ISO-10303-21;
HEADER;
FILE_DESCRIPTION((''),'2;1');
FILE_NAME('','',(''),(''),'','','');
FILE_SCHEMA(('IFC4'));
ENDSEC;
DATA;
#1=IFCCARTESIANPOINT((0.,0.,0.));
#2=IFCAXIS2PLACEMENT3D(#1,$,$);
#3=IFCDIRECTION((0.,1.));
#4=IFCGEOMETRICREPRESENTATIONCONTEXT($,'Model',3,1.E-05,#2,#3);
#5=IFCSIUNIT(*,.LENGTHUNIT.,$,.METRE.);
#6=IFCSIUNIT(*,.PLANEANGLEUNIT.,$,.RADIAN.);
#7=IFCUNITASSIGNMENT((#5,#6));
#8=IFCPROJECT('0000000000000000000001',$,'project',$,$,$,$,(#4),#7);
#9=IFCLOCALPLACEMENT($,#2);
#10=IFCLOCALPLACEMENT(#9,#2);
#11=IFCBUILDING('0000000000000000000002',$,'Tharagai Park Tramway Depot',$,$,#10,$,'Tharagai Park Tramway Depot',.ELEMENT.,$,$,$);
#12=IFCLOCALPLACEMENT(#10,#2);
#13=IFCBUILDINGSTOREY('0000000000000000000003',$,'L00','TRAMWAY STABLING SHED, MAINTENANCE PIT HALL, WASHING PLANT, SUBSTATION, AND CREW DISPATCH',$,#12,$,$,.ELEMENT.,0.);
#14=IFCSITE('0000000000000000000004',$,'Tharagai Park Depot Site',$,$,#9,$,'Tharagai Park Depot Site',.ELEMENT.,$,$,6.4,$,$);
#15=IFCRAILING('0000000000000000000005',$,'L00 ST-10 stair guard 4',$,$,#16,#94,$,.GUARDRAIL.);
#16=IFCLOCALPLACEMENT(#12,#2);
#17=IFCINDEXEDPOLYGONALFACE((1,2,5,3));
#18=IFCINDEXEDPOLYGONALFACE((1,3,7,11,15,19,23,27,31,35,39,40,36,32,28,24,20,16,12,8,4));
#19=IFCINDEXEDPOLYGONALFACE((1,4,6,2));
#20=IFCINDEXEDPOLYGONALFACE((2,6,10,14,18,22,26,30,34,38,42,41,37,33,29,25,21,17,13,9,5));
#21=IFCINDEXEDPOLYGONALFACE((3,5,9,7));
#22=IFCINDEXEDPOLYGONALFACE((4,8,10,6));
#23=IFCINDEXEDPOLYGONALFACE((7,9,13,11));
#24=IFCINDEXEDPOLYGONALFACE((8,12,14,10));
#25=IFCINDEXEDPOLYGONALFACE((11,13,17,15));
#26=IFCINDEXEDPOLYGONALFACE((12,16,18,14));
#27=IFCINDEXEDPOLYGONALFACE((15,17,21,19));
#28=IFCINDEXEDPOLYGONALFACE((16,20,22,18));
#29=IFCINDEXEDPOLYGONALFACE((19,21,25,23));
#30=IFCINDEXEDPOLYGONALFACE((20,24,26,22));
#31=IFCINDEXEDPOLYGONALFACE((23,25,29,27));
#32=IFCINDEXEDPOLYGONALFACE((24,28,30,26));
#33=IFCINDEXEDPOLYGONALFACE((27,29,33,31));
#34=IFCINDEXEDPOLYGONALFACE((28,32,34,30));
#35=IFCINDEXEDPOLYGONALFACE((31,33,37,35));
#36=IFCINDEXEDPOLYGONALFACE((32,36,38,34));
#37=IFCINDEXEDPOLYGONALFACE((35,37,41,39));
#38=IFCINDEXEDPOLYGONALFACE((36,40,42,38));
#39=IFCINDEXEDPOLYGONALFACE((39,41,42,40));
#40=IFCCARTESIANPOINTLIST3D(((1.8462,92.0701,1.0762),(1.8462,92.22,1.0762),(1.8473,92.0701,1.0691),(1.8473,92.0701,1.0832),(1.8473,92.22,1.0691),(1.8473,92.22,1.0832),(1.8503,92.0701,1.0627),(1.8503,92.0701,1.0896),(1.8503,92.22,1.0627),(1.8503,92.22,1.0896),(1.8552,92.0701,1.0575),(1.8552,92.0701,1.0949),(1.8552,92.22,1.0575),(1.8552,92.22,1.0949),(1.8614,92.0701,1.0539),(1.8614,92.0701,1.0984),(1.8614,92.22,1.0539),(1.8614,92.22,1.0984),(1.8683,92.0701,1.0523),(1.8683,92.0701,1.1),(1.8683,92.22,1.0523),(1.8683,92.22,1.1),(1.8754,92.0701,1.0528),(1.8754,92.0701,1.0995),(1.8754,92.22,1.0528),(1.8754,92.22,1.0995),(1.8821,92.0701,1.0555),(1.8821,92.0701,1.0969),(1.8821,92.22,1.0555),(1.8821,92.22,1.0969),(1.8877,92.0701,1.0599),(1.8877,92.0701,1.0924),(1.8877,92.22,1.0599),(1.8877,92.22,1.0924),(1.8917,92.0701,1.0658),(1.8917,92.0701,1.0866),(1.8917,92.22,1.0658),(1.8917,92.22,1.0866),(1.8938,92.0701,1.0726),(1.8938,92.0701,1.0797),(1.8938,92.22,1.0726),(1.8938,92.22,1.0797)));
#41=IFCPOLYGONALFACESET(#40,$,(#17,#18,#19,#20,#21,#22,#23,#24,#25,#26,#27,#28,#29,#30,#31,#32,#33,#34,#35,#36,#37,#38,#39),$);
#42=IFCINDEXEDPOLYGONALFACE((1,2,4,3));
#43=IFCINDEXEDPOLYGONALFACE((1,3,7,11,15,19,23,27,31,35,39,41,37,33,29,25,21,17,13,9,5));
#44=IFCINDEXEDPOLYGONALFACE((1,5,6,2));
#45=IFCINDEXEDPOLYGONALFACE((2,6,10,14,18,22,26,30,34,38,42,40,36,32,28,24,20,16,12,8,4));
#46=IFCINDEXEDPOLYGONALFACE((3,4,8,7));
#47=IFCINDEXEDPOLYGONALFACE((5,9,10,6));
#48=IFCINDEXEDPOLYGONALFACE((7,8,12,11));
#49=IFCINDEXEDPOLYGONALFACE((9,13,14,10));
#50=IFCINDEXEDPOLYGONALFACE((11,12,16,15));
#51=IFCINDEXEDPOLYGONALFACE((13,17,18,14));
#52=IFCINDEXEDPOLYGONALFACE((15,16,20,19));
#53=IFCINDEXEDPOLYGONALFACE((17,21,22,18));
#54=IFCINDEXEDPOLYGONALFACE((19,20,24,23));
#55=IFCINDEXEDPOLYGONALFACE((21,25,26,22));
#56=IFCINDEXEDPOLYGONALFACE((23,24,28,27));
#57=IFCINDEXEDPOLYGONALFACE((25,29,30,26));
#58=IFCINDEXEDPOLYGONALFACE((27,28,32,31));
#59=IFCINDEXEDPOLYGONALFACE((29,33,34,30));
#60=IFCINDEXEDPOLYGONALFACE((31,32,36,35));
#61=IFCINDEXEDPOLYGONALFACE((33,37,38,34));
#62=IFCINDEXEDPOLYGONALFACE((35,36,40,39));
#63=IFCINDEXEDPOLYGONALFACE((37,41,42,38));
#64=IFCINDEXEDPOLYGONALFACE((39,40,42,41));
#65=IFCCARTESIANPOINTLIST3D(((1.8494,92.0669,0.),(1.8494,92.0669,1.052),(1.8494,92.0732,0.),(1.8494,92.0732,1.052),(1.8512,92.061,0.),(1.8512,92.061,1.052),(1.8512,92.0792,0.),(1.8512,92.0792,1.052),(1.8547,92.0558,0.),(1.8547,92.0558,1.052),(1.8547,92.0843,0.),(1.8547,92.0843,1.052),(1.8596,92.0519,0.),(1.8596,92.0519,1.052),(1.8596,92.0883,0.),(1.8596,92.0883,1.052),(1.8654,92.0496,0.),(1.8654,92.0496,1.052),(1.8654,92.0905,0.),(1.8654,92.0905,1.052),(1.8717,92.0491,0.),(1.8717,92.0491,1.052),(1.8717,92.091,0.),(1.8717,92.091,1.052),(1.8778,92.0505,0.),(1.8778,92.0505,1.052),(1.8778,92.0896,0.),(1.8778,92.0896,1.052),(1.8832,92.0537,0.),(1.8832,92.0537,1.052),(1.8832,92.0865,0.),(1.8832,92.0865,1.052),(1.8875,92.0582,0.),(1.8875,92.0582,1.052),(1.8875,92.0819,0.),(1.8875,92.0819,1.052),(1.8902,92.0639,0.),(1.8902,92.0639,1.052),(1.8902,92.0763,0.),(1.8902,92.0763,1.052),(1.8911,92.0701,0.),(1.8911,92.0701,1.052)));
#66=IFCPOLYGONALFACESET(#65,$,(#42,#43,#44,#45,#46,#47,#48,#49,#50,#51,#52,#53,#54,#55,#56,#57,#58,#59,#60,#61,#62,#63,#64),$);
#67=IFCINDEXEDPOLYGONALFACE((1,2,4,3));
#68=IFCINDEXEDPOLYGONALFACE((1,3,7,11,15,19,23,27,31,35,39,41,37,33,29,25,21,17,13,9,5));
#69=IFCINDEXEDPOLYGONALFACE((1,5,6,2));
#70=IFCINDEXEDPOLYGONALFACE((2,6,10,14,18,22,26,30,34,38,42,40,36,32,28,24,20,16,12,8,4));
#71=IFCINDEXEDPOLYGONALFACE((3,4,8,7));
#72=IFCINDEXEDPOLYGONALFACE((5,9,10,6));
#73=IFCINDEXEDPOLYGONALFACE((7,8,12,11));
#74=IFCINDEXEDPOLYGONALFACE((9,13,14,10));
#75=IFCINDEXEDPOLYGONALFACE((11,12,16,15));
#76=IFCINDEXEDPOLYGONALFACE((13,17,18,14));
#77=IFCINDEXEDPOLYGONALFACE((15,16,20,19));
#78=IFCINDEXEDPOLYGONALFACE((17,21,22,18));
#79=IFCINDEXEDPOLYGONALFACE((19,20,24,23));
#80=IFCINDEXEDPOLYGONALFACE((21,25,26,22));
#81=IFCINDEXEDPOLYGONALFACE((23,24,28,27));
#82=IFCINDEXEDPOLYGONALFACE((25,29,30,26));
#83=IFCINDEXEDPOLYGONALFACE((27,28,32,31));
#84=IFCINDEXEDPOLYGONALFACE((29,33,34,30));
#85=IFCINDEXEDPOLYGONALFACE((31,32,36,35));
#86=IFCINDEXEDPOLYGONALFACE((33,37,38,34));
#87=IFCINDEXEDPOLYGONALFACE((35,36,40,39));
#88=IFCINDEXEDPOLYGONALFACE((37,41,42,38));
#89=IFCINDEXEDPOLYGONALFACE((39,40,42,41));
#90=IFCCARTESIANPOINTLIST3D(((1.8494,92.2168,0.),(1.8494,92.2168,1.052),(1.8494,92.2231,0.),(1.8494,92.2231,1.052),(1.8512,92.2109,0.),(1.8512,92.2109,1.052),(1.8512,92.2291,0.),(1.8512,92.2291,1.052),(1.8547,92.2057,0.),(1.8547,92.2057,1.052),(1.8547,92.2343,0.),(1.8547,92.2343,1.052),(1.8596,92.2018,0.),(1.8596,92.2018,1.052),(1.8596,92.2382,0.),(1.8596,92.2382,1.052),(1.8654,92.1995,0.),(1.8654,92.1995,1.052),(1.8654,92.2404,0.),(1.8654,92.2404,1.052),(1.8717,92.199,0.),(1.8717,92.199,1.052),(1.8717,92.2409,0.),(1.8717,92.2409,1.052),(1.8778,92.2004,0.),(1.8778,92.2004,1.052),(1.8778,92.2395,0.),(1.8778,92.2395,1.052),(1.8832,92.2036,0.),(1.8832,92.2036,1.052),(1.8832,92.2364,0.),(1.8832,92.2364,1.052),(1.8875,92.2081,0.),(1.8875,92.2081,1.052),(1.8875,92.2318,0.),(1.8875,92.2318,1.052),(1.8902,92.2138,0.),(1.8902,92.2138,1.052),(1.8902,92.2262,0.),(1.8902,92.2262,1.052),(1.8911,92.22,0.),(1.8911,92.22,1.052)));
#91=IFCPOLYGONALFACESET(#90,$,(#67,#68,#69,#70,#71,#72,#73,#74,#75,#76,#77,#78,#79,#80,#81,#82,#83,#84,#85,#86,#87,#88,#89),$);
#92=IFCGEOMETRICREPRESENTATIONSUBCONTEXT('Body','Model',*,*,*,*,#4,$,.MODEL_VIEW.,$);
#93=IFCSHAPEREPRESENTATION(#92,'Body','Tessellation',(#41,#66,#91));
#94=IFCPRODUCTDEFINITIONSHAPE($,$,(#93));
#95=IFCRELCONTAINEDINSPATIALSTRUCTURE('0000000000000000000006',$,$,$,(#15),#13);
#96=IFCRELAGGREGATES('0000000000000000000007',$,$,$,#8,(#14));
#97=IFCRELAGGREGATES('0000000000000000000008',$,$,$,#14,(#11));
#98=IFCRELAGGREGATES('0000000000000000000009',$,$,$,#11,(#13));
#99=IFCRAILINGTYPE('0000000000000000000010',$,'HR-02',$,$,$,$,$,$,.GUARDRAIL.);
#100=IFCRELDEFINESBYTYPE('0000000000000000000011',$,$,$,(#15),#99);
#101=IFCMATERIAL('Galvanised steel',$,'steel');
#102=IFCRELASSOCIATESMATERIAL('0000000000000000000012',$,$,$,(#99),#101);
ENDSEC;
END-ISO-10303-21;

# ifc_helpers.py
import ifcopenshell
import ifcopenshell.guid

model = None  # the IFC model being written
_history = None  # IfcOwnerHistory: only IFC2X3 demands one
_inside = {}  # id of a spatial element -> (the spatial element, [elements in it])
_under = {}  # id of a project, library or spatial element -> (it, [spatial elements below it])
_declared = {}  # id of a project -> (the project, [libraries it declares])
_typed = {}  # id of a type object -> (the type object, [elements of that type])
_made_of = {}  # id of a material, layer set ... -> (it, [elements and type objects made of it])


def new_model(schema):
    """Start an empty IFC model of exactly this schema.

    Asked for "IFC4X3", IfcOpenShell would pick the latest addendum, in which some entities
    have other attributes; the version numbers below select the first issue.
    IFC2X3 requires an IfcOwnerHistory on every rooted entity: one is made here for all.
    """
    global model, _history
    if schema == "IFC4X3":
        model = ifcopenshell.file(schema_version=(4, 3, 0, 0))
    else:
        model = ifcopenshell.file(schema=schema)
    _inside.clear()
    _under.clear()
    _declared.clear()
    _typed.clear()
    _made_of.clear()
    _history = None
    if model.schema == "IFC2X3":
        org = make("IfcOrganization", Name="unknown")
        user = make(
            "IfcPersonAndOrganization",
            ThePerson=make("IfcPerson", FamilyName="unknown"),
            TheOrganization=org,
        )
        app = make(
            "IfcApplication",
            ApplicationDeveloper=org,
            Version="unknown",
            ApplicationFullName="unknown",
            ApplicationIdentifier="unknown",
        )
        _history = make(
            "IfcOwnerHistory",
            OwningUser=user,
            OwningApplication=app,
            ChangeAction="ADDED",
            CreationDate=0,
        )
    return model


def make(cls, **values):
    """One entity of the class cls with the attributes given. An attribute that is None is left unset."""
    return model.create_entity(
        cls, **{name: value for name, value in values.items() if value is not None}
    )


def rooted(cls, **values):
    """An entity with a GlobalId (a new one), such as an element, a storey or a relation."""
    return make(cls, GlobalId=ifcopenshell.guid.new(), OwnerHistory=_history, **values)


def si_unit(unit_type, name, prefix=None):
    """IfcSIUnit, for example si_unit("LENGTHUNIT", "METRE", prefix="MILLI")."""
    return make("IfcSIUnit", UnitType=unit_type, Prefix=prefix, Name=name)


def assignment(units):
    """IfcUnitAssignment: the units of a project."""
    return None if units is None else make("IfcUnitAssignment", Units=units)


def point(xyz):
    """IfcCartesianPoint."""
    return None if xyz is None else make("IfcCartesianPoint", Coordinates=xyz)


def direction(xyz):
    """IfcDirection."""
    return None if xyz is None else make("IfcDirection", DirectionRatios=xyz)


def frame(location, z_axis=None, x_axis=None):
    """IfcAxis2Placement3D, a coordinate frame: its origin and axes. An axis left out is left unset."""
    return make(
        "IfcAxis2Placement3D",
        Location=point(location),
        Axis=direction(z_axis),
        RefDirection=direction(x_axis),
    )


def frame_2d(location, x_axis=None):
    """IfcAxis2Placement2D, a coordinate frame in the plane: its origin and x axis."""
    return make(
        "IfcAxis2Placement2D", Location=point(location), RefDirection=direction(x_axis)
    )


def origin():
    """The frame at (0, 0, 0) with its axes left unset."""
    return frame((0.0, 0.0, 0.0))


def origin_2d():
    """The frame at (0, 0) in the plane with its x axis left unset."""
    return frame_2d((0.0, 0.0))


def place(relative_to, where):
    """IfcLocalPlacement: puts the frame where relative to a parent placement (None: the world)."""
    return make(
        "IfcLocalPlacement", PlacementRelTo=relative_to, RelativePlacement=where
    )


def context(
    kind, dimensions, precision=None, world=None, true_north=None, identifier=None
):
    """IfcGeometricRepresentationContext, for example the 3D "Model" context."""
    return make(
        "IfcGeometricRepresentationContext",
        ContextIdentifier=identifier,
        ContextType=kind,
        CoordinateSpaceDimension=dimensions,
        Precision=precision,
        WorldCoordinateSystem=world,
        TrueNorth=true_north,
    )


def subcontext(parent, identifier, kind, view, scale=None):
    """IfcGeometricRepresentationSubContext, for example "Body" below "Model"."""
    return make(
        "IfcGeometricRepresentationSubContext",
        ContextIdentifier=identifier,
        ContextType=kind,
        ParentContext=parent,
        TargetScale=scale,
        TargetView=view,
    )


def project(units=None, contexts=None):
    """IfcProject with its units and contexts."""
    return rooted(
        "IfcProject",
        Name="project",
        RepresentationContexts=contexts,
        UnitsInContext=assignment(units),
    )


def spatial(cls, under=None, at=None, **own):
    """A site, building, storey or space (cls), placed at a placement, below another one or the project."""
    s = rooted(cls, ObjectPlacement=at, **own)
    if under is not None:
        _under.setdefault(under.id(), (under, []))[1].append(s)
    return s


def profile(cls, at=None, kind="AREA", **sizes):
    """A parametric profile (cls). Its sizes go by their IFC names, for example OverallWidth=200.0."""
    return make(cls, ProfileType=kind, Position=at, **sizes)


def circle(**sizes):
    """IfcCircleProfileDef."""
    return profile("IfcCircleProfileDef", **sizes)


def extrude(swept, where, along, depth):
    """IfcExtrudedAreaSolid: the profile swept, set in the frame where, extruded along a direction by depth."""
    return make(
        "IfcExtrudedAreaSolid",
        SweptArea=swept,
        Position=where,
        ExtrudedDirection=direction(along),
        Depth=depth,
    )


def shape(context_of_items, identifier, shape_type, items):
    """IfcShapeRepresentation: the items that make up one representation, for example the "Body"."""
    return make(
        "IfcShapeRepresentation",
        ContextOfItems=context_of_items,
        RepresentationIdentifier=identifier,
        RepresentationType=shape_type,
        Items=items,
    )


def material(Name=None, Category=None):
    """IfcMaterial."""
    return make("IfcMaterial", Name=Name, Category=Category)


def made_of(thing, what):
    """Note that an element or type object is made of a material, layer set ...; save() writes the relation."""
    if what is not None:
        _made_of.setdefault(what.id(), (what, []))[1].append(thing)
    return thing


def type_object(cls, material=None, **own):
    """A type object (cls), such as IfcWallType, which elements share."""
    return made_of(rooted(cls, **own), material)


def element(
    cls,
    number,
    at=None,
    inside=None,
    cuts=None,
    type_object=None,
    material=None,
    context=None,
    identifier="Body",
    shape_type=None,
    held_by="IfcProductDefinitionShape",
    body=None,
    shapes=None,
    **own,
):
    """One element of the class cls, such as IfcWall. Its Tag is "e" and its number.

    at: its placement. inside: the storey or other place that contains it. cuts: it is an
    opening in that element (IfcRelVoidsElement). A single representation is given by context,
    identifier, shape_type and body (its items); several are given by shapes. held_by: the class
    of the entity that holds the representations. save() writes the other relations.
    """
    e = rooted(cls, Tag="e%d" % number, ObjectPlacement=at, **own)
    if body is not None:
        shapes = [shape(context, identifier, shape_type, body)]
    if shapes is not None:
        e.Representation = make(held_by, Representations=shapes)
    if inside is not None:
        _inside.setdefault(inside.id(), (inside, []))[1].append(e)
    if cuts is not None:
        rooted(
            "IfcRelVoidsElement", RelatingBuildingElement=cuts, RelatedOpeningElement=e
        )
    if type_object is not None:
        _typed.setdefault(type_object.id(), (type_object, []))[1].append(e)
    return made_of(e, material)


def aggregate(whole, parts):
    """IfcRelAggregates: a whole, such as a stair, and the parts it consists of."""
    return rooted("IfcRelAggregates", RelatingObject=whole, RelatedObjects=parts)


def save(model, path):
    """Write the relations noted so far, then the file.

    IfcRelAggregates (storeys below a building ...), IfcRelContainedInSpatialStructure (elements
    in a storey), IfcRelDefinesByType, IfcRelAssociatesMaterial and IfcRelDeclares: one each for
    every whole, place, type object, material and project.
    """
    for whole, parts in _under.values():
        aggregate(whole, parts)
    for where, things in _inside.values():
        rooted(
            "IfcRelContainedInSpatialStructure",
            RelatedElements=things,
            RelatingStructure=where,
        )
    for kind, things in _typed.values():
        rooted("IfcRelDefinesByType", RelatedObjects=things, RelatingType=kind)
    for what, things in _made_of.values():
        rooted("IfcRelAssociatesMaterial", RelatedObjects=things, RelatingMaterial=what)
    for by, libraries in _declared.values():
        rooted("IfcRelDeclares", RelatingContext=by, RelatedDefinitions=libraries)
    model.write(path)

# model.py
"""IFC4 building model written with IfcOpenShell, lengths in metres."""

from ifc_helpers import new_model, si_unit, direction, frame, origin, origin_2d, place, context, subcontext, project, spatial, circle, extrude, material, type_object, element, save


model = new_model("IFC4")

# Units and contexts
model_context = context("Model", 3, precision=1e-05, world=origin(), true_north=direction((0.0, 1.0)))
body_context = subcontext(model_context, "Body", "Model", "MODEL_VIEW")
ifc_project = project(units=[si_unit("LENGTHUNIT", "METRE"), si_unit("PLANEANGLEUNIT", "RADIAN")], contexts=[model_context])

# Site, building, storey
site_placement = place(None, origin())
site = spatial("IfcSite", under=ifc_project, at=site_placement, Name="Tharagai Park Depot Site", LongName="Tharagai Park Depot Site", CompositionType="ELEMENT", RefElevation=6.4)
building_placement = place(site_placement, origin())
building = spatial("IfcBuilding", under=site, at=building_placement, Name="Tharagai Park Tramway Depot", LongName="Tharagai Park Tramway Depot", CompositionType="ELEMENT")
storey_placement = place(building_placement, origin())
storey = spatial("IfcBuildingStorey", under=building, at=storey_placement, Name="L00", Description="TRAMWAY STABLING SHED, MAINTENANCE PIT HALL, WASHING PLANT, SUBSTATION, AND CREW DISPATCH", CompositionType="ELEMENT", Elevation=0.0)

# Shared definitions
ifc_material_1 = material(Name="Galvanised steel", Category="steel")

# Railing
railing_type_1 = type_object("IfcRailingType", Name="HR-02", PredefinedType="GUARDRAIL", material=ifc_material_1)
railing_1_placement = place(storey_placement, frame((1.8701, 92.0701, 0.0)))
element("IfcRailing", 1, at=railing_1_placement, inside=storey, type_object=railing_type_1, Name="L00 ST-10 stair guard 4", PredefinedType="GUARDRAIL", context=body_context, shape_type="SweptSolid", body=[
    extrude(circle(Radius=0.0239, at=origin_2d()), frame((0.0, 0.0, 1.0762), z_axis=(0.0, 1.0, 0.0), x_axis=(-1.0, 0.0, 0.0)), (0.0, 0.0, 1.0), 0.1499),
    extrude(circle(Radius=0.021, at=origin_2d()), origin(), (0.0, 0.0, 1.0), 1.052),
    extrude(circle(Radius=0.021, at=origin_2d()), frame((0.0, 0.1499, 0.0)), (0.0, 0.0, 1.0), 1.052),
])

save(model, "model.ifc")
